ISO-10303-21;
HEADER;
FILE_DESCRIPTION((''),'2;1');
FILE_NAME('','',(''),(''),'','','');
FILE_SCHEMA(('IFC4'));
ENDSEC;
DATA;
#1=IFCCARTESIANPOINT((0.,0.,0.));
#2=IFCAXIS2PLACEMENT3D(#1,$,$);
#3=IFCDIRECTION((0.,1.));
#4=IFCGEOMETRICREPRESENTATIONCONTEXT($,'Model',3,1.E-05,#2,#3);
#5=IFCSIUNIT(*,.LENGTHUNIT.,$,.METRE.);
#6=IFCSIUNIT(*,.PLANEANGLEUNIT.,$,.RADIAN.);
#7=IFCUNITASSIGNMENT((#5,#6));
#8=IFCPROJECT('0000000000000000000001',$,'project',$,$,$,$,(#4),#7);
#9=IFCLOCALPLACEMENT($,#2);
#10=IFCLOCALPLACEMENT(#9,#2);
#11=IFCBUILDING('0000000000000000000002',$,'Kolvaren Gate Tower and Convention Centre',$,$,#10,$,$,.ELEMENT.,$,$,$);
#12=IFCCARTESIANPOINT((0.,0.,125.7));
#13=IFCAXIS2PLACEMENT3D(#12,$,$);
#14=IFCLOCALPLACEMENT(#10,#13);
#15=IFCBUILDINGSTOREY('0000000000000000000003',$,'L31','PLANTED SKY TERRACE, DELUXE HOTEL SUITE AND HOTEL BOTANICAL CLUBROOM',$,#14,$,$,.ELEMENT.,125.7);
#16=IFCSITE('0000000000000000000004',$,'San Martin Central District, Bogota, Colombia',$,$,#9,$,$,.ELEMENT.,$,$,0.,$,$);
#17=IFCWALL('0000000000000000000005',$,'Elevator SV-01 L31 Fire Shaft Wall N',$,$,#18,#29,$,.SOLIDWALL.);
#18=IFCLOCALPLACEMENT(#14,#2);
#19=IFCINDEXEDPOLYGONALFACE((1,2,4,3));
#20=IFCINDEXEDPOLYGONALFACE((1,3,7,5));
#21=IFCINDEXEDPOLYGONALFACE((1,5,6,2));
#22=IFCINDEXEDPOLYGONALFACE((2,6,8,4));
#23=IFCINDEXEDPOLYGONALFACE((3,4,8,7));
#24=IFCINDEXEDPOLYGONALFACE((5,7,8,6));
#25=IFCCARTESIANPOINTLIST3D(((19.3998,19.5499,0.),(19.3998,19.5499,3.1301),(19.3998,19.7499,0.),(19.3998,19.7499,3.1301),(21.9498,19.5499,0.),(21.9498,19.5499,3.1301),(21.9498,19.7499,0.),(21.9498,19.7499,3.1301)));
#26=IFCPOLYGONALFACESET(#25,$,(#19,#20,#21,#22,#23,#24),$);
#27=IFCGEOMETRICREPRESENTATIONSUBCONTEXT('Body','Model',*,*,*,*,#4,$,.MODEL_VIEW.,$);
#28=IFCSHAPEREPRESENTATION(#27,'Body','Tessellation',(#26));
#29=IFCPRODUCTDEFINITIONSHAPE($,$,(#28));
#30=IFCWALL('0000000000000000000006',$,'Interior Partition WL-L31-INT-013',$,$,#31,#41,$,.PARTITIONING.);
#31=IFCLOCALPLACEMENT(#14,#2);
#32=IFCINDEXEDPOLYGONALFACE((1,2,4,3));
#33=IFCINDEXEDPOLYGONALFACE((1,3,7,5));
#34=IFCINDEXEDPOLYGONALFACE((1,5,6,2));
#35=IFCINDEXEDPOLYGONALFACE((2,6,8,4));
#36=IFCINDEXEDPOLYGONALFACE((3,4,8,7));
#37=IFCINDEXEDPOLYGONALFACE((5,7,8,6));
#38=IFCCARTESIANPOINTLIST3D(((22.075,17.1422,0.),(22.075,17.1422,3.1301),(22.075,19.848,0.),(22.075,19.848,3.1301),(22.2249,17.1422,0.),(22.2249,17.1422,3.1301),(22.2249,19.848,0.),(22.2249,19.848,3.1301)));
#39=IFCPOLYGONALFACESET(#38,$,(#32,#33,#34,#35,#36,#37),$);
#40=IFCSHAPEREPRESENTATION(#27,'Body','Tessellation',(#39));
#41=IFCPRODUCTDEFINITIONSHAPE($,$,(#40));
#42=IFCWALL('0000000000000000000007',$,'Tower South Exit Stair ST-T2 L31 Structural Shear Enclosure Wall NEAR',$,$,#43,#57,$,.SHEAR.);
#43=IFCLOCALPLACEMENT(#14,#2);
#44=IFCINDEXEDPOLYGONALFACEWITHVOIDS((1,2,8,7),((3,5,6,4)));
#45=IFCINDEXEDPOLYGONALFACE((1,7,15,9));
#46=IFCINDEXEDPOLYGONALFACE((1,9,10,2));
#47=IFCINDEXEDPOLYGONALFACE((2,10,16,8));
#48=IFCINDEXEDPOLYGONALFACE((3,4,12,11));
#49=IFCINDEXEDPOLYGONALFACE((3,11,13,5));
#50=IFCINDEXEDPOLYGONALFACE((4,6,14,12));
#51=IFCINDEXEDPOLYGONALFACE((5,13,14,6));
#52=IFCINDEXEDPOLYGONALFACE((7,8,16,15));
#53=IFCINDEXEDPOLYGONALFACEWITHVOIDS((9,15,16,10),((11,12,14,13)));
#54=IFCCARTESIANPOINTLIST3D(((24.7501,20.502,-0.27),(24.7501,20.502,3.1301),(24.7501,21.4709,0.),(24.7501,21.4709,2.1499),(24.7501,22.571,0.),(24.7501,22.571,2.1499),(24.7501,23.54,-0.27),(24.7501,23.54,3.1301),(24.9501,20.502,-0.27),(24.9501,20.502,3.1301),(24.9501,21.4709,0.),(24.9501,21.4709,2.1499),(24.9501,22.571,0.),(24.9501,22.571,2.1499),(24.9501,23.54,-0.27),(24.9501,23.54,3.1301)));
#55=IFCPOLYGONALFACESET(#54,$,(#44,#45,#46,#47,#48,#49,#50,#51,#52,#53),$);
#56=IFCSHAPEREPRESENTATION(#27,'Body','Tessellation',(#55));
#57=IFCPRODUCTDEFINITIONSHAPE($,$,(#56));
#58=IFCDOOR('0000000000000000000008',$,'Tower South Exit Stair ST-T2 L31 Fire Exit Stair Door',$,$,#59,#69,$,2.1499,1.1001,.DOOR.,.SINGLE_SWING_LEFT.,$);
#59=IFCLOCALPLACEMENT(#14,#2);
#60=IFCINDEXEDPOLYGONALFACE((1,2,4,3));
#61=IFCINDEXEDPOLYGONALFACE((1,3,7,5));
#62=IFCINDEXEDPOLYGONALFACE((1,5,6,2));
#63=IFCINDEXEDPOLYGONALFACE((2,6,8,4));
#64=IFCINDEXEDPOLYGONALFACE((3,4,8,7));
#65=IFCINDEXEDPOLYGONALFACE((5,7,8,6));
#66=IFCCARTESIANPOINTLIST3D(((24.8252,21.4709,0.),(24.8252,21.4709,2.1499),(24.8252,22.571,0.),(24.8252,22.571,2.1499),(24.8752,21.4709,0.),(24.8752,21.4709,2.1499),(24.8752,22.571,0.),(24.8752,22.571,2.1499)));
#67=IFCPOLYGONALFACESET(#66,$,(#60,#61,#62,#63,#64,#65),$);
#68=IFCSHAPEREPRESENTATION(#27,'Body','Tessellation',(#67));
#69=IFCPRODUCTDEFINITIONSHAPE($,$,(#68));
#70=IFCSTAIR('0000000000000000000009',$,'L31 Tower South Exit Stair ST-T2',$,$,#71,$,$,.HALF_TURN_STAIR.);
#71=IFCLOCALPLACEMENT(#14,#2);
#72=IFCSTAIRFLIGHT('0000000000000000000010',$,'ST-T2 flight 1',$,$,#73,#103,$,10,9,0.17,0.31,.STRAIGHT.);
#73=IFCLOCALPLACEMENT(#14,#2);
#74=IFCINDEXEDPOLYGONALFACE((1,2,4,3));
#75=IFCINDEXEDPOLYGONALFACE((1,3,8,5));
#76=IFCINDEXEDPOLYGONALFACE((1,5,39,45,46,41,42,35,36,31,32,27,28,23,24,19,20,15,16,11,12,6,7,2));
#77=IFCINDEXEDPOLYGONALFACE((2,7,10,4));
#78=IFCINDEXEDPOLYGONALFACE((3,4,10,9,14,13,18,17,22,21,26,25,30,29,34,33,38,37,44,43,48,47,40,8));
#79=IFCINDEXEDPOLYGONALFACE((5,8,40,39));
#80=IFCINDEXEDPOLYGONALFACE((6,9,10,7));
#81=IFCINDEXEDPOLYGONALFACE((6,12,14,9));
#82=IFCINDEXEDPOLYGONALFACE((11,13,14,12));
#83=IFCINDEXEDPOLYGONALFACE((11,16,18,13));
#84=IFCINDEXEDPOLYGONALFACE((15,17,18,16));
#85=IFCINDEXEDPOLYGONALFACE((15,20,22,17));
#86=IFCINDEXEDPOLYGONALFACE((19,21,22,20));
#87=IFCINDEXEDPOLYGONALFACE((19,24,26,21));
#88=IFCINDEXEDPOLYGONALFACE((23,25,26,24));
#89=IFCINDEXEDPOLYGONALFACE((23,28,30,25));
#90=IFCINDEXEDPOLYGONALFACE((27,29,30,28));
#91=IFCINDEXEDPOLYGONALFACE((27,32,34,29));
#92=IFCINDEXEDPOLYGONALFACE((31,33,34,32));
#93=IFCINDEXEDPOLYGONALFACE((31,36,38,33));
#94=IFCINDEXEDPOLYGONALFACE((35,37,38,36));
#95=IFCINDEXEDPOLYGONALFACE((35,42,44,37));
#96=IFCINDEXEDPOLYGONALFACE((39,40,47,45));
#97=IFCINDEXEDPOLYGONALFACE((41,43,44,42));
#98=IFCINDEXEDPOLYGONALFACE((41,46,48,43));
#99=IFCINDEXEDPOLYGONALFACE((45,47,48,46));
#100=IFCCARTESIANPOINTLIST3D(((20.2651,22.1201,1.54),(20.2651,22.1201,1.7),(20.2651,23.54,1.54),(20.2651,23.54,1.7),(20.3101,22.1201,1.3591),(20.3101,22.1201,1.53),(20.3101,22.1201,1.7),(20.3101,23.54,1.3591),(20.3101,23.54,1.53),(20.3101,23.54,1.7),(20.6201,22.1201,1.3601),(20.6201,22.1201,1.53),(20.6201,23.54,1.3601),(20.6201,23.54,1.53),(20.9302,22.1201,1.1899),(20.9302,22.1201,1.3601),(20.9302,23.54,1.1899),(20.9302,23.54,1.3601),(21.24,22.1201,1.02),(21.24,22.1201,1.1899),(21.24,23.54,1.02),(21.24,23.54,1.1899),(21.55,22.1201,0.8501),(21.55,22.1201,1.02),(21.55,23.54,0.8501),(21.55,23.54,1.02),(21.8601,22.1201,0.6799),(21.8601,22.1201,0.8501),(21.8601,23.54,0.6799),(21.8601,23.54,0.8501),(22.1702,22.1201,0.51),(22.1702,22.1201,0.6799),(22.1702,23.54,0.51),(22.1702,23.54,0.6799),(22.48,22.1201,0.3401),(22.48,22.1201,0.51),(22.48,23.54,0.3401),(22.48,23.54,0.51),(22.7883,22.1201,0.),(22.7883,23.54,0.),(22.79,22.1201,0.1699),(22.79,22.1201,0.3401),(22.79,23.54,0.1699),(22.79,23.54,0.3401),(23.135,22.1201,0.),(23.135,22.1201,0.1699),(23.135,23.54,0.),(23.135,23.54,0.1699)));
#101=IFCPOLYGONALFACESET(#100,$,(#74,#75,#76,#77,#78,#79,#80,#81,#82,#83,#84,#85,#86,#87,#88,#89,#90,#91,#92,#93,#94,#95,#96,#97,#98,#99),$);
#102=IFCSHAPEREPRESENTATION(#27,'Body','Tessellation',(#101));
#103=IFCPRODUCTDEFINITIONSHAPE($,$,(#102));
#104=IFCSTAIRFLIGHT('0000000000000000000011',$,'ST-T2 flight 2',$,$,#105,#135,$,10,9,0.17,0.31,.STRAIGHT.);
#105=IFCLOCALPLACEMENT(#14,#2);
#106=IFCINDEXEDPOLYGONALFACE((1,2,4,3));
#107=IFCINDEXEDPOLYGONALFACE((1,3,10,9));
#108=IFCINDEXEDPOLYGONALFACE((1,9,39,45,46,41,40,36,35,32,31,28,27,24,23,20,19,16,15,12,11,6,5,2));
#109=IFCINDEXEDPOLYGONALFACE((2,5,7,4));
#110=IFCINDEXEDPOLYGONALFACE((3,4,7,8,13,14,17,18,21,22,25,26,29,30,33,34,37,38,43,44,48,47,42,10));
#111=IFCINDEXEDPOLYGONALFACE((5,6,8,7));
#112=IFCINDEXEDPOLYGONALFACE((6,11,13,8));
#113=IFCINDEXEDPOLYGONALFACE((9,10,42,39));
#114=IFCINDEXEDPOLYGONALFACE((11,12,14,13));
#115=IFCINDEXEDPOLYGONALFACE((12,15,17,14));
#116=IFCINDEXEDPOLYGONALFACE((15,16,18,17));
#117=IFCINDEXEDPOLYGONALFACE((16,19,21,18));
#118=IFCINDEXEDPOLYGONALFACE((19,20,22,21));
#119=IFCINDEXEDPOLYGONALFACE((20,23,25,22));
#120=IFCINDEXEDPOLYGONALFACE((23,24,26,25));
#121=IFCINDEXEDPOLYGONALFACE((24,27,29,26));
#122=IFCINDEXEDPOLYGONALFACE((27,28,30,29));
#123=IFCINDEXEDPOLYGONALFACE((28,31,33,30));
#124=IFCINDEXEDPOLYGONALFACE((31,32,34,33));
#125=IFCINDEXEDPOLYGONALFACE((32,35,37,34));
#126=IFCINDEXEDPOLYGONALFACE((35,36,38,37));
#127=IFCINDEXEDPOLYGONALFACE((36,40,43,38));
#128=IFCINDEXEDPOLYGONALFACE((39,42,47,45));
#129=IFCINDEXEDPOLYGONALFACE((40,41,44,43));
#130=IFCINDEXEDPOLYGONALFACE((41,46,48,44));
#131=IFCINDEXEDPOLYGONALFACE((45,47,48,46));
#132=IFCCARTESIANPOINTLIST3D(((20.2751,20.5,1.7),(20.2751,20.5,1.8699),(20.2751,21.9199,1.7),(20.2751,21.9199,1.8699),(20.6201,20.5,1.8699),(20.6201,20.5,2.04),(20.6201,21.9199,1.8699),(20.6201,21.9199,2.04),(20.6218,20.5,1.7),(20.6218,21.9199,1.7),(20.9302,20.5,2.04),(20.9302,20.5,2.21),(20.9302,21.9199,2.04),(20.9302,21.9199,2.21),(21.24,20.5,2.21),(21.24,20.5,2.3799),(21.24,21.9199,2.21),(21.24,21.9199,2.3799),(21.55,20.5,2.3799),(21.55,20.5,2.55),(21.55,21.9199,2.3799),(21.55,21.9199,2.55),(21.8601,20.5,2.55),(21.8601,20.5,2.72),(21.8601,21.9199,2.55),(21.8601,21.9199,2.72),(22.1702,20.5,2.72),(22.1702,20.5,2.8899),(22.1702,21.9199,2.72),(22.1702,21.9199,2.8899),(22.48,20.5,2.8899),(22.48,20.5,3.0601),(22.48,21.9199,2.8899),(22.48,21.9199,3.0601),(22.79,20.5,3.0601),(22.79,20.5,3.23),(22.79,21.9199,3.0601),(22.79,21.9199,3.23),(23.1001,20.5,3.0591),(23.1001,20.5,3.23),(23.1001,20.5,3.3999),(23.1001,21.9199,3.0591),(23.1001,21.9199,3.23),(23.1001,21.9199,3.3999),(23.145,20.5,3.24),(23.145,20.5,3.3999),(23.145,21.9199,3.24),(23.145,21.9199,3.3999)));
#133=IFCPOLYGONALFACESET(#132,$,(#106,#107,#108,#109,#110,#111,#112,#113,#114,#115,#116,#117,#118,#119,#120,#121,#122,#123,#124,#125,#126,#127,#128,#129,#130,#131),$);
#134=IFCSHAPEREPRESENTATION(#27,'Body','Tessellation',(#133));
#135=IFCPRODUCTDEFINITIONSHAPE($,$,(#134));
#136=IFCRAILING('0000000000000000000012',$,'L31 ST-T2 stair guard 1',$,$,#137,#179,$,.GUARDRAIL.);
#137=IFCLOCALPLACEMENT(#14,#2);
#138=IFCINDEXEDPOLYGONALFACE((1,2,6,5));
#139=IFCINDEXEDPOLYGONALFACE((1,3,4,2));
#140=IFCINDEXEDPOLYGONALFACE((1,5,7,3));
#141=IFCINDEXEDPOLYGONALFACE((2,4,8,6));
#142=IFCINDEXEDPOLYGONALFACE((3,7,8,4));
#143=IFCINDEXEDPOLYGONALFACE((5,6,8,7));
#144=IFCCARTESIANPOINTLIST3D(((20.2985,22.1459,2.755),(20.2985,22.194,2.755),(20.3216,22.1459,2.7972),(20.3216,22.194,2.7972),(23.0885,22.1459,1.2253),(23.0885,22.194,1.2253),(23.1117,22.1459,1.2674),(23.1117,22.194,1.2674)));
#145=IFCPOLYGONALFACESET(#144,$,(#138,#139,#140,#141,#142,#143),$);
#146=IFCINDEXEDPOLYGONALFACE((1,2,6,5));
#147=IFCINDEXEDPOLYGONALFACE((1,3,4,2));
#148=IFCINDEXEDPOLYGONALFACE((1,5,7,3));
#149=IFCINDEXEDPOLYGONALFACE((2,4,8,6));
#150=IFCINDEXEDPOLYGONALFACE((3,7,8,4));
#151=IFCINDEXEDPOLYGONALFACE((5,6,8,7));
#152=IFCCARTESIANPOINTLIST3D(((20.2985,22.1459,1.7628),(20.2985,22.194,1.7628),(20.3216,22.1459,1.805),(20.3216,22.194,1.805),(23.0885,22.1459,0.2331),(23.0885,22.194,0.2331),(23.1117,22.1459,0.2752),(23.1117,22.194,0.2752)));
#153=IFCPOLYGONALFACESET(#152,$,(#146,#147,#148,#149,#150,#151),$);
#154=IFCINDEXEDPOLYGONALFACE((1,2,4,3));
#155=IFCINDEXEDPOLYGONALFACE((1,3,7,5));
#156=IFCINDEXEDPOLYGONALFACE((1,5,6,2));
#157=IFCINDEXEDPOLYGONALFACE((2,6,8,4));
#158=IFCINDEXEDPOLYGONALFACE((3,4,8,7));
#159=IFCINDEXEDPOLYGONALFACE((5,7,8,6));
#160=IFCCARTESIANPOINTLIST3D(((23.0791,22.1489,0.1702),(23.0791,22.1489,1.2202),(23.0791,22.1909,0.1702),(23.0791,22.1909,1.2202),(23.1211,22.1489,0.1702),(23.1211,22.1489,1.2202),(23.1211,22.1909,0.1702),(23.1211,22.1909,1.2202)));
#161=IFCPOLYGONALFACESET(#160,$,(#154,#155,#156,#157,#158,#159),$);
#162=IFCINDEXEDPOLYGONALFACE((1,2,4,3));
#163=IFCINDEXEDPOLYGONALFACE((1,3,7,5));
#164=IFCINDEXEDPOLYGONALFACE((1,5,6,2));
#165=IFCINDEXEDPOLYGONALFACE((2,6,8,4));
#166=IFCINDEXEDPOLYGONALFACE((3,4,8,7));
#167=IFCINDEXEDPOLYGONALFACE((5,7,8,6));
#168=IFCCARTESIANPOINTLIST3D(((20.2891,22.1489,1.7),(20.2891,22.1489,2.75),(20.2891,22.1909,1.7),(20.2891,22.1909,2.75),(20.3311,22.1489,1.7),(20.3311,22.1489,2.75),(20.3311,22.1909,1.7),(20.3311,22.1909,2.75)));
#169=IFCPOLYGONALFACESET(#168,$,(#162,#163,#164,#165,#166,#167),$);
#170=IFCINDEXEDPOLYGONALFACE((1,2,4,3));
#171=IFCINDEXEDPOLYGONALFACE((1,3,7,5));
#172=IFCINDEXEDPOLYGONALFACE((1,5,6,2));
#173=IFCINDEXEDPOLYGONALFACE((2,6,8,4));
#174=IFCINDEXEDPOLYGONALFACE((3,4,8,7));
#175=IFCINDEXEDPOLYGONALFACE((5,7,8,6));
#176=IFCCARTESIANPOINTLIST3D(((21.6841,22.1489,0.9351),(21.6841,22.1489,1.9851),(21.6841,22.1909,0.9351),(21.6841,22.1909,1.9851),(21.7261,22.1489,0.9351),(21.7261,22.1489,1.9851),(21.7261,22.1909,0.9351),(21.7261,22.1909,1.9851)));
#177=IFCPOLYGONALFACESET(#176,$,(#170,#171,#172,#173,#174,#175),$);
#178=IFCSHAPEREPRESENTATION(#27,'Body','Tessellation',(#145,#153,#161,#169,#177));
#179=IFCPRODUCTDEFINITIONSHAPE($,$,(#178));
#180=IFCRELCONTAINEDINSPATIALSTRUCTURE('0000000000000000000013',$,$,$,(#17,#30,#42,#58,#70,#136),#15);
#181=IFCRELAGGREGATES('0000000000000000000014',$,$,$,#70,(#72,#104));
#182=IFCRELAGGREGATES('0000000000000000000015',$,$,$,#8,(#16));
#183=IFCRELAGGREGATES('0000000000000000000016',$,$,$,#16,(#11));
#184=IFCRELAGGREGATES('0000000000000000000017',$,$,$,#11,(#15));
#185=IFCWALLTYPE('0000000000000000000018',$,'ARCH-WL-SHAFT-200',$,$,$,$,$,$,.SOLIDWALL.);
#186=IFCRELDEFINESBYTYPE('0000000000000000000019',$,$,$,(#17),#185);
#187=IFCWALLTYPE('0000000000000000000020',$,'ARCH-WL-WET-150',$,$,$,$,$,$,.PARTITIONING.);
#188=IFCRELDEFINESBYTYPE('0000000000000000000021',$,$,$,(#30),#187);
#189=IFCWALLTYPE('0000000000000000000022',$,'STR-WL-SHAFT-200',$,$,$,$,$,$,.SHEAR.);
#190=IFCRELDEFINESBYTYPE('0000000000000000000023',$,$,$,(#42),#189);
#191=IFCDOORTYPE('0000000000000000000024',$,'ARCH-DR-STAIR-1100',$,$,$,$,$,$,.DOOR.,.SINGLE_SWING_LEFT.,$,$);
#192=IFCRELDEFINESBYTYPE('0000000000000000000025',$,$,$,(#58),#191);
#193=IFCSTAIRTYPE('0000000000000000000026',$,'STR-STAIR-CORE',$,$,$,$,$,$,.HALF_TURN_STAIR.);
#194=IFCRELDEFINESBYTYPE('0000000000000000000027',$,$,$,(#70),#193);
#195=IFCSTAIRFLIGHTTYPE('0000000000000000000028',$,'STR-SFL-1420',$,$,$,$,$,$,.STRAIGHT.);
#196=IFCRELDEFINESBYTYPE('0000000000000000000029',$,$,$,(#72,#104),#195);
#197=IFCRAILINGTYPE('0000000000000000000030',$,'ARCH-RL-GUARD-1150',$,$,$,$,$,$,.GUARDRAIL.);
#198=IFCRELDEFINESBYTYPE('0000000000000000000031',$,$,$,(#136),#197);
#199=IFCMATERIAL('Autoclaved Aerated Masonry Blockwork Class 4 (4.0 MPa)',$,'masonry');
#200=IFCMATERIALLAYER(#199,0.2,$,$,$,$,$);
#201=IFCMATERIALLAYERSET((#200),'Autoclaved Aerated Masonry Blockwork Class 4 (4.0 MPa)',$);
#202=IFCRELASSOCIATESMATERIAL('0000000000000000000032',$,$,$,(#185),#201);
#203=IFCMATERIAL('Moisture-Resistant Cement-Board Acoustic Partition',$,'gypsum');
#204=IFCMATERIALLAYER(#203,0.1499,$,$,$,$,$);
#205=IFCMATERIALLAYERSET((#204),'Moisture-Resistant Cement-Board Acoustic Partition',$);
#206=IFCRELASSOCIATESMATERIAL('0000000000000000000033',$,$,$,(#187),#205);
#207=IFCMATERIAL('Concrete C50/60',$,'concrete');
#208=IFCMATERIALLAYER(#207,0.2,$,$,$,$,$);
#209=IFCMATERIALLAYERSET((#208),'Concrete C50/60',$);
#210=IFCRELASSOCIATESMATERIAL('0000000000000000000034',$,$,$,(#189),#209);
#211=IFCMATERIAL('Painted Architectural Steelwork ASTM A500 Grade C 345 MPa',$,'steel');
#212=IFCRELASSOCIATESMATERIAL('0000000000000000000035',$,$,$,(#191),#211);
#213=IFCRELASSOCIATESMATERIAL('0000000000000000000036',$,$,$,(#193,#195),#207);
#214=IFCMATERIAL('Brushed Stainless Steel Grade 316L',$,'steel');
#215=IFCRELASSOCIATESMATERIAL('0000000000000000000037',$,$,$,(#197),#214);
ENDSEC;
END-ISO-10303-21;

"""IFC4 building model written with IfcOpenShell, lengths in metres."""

from ifc_helpers import new_model, si_unit, direction, frame, frame_2d, origin, origin_2d, place, context, subcontext, project, spatial, polyline, rectangle, outline, extrude, material, layer, layer_set, type_object, element, fill, aggregate, save


model = new_model("IFC4")

# Units and contexts
model_context = context("Model", 3, precision=1e-05, world=origin(), true_north=direction((0.0, 1.0)))
body_context = subcontext(model_context, "Body", "Model", "MODEL_VIEW")
ifc_project = project(units=[si_unit("LENGTHUNIT", "METRE"), si_unit("PLANEANGLEUNIT", "RADIAN")], contexts=[model_context])

# Site, building, storey
site_placement = place(None, origin())
site = spatial("IfcSite", under=ifc_project, at=site_placement, Name="San Martin Central District, Bogota, Colombia", CompositionType="ELEMENT", RefElevation=0.0)
building_placement = place(site_placement, origin())
building = spatial("IfcBuilding", under=site, at=building_placement, Name="Kolvaren Gate Tower and Convention Centre", CompositionType="ELEMENT")
storey_placement = place(building_placement, frame((0.0, 0.0, 125.7)))
storey = spatial("IfcBuildingStorey", under=building, at=storey_placement, Name="L31", Description="PLANTED SKY TERRACE, DELUXE HOTEL SUITE AND HOTEL BOTANICAL CLUBROOM", CompositionType="ELEMENT", Elevation=125.7)

# Shared definitions
ifc_material_1 = material(Name="Autoclaved Aerated Masonry Blockwork Class 4 (4.0 MPa)", Category="masonry")

# Shared definitions
ifc_material_2 = material(Name="Painted Architectural Steelwork ASTM A500 Grade C 345 MPa", Category="steel")

# Shared definitions
ifc_layer_1 = layer(ifc_material_1, 0.2)
ifc_layer_set_1 = layer_set([ifc_layer_1], Name="Autoclaved Aerated Masonry Blockwork Class 4 (4.0 MPa)")
wall_type_1 = type_object("IfcWallType", Name="ARCH-WL-SHAFT-200", PredefinedType="SOLIDWALL", material=ifc_layer_set_1)

# Shared definitions
ifc_material_3 = material(Name="Brushed Stainless Steel Grade 316L", Category="steel")

# Walls
wall_1_placement = place(storey_placement, frame((19.3999, 19.6499, 0.0), z_axis=(0.0, 0.0, 1.0), x_axis=(1.0, 0.0, 0.0)))
element("IfcWall", 1, at=wall_1_placement, inside=storey, type_object=wall_type_1, Name="Elevator SV-01 L31 Fire Shaft Wall N", PredefinedType="SOLIDWALL", context=body_context, shape_type="SweptSolid", body=[
    extrude(rectangle(XDim=2.55, YDim=0.2, at=frame_2d((1.2749, 0.0))), origin(), (0.0, 0.0, 1.0), 3.1301),
])
ifc_material_4 = material(Name="Moisture-Resistant Cement-Board Acoustic Partition", Category="gypsum")
ifc_layer_2 = layer(ifc_material_4, 0.1499)
ifc_layer_set_2 = layer_set([ifc_layer_2], Name="Moisture-Resistant Cement-Board Acoustic Partition")
wall_type_2 = type_object("IfcWallType", Name="ARCH-WL-WET-150", PredefinedType="PARTITIONING", material=ifc_layer_set_2)
wall_2_placement = place(storey_placement, frame((22.1499, 17.1421, 0.0), z_axis=(0.0, 0.0, 1.0), x_axis=(0.0, 1.0, 0.0)))
element("IfcWall", 2, at=wall_2_placement, inside=storey, type_object=wall_type_2, Name="Interior Partition WL-L31-INT-013", PredefinedType="PARTITIONING", context=body_context, shape_type="SweptSolid", body=[
    extrude(rectangle(XDim=2.7058, YDim=0.1499, at=frame_2d((1.353, 0.0))), origin(), (0.0, 0.0, 1.0), 3.1301),
])

# Wall, opening, door
ifc_material_5 = material(Name="Concrete C50/60", Category="concrete")
ifc_layer_3 = layer(ifc_material_5, 0.2)
ifc_layer_set_3 = layer_set([ifc_layer_3], Name="Concrete C50/60")
wall_type_3 = type_object("IfcWallType", Name="STR-WL-SHAFT-200", PredefinedType="SHEAR", material=ifc_layer_set_3)
wall_3_placement = place(storey_placement, frame((24.8501, 20.502, -0.27), z_axis=(0.0, 0.0, 1.0), x_axis=(0.0, 1.0, 0.0)))
wall_3 = element("IfcWall", 3, at=wall_3_placement, inside=storey, type_object=wall_type_3, Name="Tower South Exit Stair ST-T2 L31 Structural Shear Enclosure Wall NEAR", PredefinedType="SHEAR", context=body_context, shape_type="SweptSolid", body=[
    extrude(rectangle(XDim=3.0381, YDim=0.2, at=frame_2d((1.519, 0.0))), origin(), (0.0, 0.0, 1.0), 3.4001),
])
opening_1_placement = place(wall_3_placement, frame((0.969, 0.0, 0.27)))
opening_1 = element("IfcOpeningElement", 4, at=opening_1_placement, cuts=wall_3, PredefinedType="OPENING", context=body_context, shape_type="SweptSolid", body=[
    extrude(rectangle(XDim=1.1001, YDim=2.1499, at=frame_2d((0.55, 1.075))), frame((0.0, 0.1099, 0.0), z_axis=(0.0, -1.0, 0.0), x_axis=(1.0, 0.0, 0.0)), (0.0, 0.0, 1.0), 0.22),
])
door_type_1 = type_object("IfcDoorType", Name="ARCH-DR-STAIR-1100", OperationType="SINGLE_SWING_LEFT", PredefinedType="DOOR", material=ifc_material_2)
door_1_placement = place(opening_1_placement, origin())
door_1 = element("IfcDoor", 5, at=door_1_placement, inside=storey, type_object=door_type_1, Name="Tower South Exit Stair ST-T2 L31 Fire Exit Stair Door", OperationType="SINGLE_SWING_LEFT", OverallHeight=2.1499, OverallWidth=1.1001, PredefinedType="DOOR", context=body_context, shape_type="SweptSolid", body=[
    extrude(rectangle(XDim=1.1001, YDim=2.1499, at=frame_2d((0.55, 1.075))), frame((0.0, 0.0249, 0.0), z_axis=(0.0, -1.0, 0.0), x_axis=(1.0, 0.0, 0.0)), (0.0, 0.0, 1.0), 0.05),
])
fill(opening_1, door_1)

# Stair, stair flights
stair_type = type_object("IfcStairType", Name="STR-STAIR-CORE", PredefinedType="HALF_TURN_STAIR", material=ifc_material_5)
stair_placement = place(storey_placement, origin())
stair = element("IfcStair", 6, at=stair_placement, inside=storey, type_object=stair_type, Name="L31 Tower South Exit Stair ST-T2", PredefinedType="HALF_TURN_STAIR")
stair_flight_type = type_object("IfcStairFlightType", Name="STR-SFL-1420", PredefinedType="STRAIGHT", material=ifc_material_5)
stair_flight_1_placement = place(storey_placement, frame((23.1001, 22.8301, 0.0), z_axis=(0.0, 0.0, 1.0), x_axis=(-1.0, 0.0, 0.0)))
stair_flight_1 = element("IfcStairFlight", 7, at=stair_flight_1_placement, type_object=stair_flight_type, Name="ST-T2 flight 1", NumberOfRisers=10, NumberOfTreads=9, PredefinedType="STRAIGHT", RiserHeight=0.17, TreadLength=0.31, context=body_context, shape_type="SweptSolid", body=[
    extrude(outline(polyline([(-0.0349, 0.0), (-0.0349, 0.1699), (0.3101, 0.1699), (0.3101, 0.3401), (0.6201, 0.3401), (0.6201, 0.51), (0.9299, 0.51), (0.9299, 0.6799), (1.24, 0.6799), (1.24, 0.8501), (1.55, 0.8501), (1.55, 1.02), (1.8601, 1.02), (1.8601, 1.1899), (2.1699, 1.1899), (2.1699, 1.3601), (2.48, 1.3601), (2.48, 1.53), (2.79, 1.53), (2.79, 1.7), (2.835, 1.7), (2.835, 1.54), (2.79, 1.3591), (0.3118, 0.0), (-0.0349, 0.0)])), frame((0.0, 0.71, 0.0), z_axis=(0.0, -1.0, 0.0), x_axis=(1.0, 0.0, 0.0)), (0.0, 0.0, 1.0), 1.4199),
])
stair_flight_2_placement = place(storey_placement, frame((20.3101, 21.21, 1.7), z_axis=(0.0, 0.0, 1.0), x_axis=(1.0, 0.0, 0.0)))
stair_flight_2 = element("IfcStairFlight", 8, at=stair_flight_2_placement, type_object=stair_flight_type, Name="ST-T2 flight 2", NumberOfRisers=10, NumberOfTreads=9, PredefinedType="STRAIGHT", RiserHeight=0.17, TreadLength=0.31, context=body_context, shape_type="SweptSolid", body=[
    extrude(outline(polyline([(-0.0349, 0.0), (-0.0349, 0.1699), (0.3101, 0.1699), (0.3101, 0.3401), (0.6201, 0.3401), (0.6201, 0.51), (0.9299, 0.51), (0.9299, 0.6799), (1.24, 0.6799), (1.24, 0.8501), (1.55, 0.8501), (1.55, 1.02), (1.8601, 1.02), (1.8601, 1.1899), (2.1699, 1.1899), (2.1699, 1.3601), (2.48, 1.3601), (2.48, 1.53), (2.79, 1.53), (2.79, 1.7), (2.835, 1.7), (2.835, 1.54), (2.79, 1.3591), (0.3118, 0.0), (-0.0349, 0.0)])), frame((0.0, 0.71, 0.0), z_axis=(0.0, -1.0, 0.0), x_axis=(1.0, 0.0, 0.0)), (0.0, 0.0, 1.0), 1.4199),
])
aggregate(stair, [stair_flight_1, stair_flight_2])

# Railing
railing_type_1 = type_object("IfcRailingType", Name="ARCH-RL-GUARD-1150", PredefinedType="GUARDRAIL", material=ifc_material_3)
railing_1_placement = place(storey_placement, frame((23.1001, 22.1699, 0.1702)))
element("IfcRailing", 9, at=railing_1_placement, inside=storey, type_object=railing_type_1, Name="L31 ST-T2 stair guard 1", PredefinedType="GUARDRAIL", context=body_context, shape_type="SweptSolid", body=[
    extrude(rectangle(XDim=0.0481, YDim=0.0481, at=origin_2d()), frame((0.0, 0.0, 1.0762), z_axis=(-0.876844, 0.0, 0.480776), x_axis=(0.0, -1.0, 0.0)), (0.0, 0.0, 1.0), 3.1819),
    extrude(rectangle(XDim=0.0481, YDim=0.0481, at=origin_2d()), frame((0.0, 0.0, 0.084), z_axis=(-0.876844, 0.0, 0.480776), x_axis=(0.0, -1.0, 0.0)), (0.0, 0.0, 1.0), 3.1819),
    extrude(rectangle(XDim=0.042, YDim=0.042, at=origin_2d()), origin(), (0.0, 0.0, 1.0), 1.05),
    extrude(rectangle(XDim=0.042, YDim=0.042, at=origin_2d()), frame((-2.79, 0.0, 1.5298)), (0.0, 0.0, 1.0), 1.05),
    extrude(rectangle(XDim=0.042, YDim=0.042, at=origin_2d()), frame((-1.395, 0.0, 0.7649)), (0.0, 0.0, 1.0), 1.05),
])

save(model, "model.ifc")
